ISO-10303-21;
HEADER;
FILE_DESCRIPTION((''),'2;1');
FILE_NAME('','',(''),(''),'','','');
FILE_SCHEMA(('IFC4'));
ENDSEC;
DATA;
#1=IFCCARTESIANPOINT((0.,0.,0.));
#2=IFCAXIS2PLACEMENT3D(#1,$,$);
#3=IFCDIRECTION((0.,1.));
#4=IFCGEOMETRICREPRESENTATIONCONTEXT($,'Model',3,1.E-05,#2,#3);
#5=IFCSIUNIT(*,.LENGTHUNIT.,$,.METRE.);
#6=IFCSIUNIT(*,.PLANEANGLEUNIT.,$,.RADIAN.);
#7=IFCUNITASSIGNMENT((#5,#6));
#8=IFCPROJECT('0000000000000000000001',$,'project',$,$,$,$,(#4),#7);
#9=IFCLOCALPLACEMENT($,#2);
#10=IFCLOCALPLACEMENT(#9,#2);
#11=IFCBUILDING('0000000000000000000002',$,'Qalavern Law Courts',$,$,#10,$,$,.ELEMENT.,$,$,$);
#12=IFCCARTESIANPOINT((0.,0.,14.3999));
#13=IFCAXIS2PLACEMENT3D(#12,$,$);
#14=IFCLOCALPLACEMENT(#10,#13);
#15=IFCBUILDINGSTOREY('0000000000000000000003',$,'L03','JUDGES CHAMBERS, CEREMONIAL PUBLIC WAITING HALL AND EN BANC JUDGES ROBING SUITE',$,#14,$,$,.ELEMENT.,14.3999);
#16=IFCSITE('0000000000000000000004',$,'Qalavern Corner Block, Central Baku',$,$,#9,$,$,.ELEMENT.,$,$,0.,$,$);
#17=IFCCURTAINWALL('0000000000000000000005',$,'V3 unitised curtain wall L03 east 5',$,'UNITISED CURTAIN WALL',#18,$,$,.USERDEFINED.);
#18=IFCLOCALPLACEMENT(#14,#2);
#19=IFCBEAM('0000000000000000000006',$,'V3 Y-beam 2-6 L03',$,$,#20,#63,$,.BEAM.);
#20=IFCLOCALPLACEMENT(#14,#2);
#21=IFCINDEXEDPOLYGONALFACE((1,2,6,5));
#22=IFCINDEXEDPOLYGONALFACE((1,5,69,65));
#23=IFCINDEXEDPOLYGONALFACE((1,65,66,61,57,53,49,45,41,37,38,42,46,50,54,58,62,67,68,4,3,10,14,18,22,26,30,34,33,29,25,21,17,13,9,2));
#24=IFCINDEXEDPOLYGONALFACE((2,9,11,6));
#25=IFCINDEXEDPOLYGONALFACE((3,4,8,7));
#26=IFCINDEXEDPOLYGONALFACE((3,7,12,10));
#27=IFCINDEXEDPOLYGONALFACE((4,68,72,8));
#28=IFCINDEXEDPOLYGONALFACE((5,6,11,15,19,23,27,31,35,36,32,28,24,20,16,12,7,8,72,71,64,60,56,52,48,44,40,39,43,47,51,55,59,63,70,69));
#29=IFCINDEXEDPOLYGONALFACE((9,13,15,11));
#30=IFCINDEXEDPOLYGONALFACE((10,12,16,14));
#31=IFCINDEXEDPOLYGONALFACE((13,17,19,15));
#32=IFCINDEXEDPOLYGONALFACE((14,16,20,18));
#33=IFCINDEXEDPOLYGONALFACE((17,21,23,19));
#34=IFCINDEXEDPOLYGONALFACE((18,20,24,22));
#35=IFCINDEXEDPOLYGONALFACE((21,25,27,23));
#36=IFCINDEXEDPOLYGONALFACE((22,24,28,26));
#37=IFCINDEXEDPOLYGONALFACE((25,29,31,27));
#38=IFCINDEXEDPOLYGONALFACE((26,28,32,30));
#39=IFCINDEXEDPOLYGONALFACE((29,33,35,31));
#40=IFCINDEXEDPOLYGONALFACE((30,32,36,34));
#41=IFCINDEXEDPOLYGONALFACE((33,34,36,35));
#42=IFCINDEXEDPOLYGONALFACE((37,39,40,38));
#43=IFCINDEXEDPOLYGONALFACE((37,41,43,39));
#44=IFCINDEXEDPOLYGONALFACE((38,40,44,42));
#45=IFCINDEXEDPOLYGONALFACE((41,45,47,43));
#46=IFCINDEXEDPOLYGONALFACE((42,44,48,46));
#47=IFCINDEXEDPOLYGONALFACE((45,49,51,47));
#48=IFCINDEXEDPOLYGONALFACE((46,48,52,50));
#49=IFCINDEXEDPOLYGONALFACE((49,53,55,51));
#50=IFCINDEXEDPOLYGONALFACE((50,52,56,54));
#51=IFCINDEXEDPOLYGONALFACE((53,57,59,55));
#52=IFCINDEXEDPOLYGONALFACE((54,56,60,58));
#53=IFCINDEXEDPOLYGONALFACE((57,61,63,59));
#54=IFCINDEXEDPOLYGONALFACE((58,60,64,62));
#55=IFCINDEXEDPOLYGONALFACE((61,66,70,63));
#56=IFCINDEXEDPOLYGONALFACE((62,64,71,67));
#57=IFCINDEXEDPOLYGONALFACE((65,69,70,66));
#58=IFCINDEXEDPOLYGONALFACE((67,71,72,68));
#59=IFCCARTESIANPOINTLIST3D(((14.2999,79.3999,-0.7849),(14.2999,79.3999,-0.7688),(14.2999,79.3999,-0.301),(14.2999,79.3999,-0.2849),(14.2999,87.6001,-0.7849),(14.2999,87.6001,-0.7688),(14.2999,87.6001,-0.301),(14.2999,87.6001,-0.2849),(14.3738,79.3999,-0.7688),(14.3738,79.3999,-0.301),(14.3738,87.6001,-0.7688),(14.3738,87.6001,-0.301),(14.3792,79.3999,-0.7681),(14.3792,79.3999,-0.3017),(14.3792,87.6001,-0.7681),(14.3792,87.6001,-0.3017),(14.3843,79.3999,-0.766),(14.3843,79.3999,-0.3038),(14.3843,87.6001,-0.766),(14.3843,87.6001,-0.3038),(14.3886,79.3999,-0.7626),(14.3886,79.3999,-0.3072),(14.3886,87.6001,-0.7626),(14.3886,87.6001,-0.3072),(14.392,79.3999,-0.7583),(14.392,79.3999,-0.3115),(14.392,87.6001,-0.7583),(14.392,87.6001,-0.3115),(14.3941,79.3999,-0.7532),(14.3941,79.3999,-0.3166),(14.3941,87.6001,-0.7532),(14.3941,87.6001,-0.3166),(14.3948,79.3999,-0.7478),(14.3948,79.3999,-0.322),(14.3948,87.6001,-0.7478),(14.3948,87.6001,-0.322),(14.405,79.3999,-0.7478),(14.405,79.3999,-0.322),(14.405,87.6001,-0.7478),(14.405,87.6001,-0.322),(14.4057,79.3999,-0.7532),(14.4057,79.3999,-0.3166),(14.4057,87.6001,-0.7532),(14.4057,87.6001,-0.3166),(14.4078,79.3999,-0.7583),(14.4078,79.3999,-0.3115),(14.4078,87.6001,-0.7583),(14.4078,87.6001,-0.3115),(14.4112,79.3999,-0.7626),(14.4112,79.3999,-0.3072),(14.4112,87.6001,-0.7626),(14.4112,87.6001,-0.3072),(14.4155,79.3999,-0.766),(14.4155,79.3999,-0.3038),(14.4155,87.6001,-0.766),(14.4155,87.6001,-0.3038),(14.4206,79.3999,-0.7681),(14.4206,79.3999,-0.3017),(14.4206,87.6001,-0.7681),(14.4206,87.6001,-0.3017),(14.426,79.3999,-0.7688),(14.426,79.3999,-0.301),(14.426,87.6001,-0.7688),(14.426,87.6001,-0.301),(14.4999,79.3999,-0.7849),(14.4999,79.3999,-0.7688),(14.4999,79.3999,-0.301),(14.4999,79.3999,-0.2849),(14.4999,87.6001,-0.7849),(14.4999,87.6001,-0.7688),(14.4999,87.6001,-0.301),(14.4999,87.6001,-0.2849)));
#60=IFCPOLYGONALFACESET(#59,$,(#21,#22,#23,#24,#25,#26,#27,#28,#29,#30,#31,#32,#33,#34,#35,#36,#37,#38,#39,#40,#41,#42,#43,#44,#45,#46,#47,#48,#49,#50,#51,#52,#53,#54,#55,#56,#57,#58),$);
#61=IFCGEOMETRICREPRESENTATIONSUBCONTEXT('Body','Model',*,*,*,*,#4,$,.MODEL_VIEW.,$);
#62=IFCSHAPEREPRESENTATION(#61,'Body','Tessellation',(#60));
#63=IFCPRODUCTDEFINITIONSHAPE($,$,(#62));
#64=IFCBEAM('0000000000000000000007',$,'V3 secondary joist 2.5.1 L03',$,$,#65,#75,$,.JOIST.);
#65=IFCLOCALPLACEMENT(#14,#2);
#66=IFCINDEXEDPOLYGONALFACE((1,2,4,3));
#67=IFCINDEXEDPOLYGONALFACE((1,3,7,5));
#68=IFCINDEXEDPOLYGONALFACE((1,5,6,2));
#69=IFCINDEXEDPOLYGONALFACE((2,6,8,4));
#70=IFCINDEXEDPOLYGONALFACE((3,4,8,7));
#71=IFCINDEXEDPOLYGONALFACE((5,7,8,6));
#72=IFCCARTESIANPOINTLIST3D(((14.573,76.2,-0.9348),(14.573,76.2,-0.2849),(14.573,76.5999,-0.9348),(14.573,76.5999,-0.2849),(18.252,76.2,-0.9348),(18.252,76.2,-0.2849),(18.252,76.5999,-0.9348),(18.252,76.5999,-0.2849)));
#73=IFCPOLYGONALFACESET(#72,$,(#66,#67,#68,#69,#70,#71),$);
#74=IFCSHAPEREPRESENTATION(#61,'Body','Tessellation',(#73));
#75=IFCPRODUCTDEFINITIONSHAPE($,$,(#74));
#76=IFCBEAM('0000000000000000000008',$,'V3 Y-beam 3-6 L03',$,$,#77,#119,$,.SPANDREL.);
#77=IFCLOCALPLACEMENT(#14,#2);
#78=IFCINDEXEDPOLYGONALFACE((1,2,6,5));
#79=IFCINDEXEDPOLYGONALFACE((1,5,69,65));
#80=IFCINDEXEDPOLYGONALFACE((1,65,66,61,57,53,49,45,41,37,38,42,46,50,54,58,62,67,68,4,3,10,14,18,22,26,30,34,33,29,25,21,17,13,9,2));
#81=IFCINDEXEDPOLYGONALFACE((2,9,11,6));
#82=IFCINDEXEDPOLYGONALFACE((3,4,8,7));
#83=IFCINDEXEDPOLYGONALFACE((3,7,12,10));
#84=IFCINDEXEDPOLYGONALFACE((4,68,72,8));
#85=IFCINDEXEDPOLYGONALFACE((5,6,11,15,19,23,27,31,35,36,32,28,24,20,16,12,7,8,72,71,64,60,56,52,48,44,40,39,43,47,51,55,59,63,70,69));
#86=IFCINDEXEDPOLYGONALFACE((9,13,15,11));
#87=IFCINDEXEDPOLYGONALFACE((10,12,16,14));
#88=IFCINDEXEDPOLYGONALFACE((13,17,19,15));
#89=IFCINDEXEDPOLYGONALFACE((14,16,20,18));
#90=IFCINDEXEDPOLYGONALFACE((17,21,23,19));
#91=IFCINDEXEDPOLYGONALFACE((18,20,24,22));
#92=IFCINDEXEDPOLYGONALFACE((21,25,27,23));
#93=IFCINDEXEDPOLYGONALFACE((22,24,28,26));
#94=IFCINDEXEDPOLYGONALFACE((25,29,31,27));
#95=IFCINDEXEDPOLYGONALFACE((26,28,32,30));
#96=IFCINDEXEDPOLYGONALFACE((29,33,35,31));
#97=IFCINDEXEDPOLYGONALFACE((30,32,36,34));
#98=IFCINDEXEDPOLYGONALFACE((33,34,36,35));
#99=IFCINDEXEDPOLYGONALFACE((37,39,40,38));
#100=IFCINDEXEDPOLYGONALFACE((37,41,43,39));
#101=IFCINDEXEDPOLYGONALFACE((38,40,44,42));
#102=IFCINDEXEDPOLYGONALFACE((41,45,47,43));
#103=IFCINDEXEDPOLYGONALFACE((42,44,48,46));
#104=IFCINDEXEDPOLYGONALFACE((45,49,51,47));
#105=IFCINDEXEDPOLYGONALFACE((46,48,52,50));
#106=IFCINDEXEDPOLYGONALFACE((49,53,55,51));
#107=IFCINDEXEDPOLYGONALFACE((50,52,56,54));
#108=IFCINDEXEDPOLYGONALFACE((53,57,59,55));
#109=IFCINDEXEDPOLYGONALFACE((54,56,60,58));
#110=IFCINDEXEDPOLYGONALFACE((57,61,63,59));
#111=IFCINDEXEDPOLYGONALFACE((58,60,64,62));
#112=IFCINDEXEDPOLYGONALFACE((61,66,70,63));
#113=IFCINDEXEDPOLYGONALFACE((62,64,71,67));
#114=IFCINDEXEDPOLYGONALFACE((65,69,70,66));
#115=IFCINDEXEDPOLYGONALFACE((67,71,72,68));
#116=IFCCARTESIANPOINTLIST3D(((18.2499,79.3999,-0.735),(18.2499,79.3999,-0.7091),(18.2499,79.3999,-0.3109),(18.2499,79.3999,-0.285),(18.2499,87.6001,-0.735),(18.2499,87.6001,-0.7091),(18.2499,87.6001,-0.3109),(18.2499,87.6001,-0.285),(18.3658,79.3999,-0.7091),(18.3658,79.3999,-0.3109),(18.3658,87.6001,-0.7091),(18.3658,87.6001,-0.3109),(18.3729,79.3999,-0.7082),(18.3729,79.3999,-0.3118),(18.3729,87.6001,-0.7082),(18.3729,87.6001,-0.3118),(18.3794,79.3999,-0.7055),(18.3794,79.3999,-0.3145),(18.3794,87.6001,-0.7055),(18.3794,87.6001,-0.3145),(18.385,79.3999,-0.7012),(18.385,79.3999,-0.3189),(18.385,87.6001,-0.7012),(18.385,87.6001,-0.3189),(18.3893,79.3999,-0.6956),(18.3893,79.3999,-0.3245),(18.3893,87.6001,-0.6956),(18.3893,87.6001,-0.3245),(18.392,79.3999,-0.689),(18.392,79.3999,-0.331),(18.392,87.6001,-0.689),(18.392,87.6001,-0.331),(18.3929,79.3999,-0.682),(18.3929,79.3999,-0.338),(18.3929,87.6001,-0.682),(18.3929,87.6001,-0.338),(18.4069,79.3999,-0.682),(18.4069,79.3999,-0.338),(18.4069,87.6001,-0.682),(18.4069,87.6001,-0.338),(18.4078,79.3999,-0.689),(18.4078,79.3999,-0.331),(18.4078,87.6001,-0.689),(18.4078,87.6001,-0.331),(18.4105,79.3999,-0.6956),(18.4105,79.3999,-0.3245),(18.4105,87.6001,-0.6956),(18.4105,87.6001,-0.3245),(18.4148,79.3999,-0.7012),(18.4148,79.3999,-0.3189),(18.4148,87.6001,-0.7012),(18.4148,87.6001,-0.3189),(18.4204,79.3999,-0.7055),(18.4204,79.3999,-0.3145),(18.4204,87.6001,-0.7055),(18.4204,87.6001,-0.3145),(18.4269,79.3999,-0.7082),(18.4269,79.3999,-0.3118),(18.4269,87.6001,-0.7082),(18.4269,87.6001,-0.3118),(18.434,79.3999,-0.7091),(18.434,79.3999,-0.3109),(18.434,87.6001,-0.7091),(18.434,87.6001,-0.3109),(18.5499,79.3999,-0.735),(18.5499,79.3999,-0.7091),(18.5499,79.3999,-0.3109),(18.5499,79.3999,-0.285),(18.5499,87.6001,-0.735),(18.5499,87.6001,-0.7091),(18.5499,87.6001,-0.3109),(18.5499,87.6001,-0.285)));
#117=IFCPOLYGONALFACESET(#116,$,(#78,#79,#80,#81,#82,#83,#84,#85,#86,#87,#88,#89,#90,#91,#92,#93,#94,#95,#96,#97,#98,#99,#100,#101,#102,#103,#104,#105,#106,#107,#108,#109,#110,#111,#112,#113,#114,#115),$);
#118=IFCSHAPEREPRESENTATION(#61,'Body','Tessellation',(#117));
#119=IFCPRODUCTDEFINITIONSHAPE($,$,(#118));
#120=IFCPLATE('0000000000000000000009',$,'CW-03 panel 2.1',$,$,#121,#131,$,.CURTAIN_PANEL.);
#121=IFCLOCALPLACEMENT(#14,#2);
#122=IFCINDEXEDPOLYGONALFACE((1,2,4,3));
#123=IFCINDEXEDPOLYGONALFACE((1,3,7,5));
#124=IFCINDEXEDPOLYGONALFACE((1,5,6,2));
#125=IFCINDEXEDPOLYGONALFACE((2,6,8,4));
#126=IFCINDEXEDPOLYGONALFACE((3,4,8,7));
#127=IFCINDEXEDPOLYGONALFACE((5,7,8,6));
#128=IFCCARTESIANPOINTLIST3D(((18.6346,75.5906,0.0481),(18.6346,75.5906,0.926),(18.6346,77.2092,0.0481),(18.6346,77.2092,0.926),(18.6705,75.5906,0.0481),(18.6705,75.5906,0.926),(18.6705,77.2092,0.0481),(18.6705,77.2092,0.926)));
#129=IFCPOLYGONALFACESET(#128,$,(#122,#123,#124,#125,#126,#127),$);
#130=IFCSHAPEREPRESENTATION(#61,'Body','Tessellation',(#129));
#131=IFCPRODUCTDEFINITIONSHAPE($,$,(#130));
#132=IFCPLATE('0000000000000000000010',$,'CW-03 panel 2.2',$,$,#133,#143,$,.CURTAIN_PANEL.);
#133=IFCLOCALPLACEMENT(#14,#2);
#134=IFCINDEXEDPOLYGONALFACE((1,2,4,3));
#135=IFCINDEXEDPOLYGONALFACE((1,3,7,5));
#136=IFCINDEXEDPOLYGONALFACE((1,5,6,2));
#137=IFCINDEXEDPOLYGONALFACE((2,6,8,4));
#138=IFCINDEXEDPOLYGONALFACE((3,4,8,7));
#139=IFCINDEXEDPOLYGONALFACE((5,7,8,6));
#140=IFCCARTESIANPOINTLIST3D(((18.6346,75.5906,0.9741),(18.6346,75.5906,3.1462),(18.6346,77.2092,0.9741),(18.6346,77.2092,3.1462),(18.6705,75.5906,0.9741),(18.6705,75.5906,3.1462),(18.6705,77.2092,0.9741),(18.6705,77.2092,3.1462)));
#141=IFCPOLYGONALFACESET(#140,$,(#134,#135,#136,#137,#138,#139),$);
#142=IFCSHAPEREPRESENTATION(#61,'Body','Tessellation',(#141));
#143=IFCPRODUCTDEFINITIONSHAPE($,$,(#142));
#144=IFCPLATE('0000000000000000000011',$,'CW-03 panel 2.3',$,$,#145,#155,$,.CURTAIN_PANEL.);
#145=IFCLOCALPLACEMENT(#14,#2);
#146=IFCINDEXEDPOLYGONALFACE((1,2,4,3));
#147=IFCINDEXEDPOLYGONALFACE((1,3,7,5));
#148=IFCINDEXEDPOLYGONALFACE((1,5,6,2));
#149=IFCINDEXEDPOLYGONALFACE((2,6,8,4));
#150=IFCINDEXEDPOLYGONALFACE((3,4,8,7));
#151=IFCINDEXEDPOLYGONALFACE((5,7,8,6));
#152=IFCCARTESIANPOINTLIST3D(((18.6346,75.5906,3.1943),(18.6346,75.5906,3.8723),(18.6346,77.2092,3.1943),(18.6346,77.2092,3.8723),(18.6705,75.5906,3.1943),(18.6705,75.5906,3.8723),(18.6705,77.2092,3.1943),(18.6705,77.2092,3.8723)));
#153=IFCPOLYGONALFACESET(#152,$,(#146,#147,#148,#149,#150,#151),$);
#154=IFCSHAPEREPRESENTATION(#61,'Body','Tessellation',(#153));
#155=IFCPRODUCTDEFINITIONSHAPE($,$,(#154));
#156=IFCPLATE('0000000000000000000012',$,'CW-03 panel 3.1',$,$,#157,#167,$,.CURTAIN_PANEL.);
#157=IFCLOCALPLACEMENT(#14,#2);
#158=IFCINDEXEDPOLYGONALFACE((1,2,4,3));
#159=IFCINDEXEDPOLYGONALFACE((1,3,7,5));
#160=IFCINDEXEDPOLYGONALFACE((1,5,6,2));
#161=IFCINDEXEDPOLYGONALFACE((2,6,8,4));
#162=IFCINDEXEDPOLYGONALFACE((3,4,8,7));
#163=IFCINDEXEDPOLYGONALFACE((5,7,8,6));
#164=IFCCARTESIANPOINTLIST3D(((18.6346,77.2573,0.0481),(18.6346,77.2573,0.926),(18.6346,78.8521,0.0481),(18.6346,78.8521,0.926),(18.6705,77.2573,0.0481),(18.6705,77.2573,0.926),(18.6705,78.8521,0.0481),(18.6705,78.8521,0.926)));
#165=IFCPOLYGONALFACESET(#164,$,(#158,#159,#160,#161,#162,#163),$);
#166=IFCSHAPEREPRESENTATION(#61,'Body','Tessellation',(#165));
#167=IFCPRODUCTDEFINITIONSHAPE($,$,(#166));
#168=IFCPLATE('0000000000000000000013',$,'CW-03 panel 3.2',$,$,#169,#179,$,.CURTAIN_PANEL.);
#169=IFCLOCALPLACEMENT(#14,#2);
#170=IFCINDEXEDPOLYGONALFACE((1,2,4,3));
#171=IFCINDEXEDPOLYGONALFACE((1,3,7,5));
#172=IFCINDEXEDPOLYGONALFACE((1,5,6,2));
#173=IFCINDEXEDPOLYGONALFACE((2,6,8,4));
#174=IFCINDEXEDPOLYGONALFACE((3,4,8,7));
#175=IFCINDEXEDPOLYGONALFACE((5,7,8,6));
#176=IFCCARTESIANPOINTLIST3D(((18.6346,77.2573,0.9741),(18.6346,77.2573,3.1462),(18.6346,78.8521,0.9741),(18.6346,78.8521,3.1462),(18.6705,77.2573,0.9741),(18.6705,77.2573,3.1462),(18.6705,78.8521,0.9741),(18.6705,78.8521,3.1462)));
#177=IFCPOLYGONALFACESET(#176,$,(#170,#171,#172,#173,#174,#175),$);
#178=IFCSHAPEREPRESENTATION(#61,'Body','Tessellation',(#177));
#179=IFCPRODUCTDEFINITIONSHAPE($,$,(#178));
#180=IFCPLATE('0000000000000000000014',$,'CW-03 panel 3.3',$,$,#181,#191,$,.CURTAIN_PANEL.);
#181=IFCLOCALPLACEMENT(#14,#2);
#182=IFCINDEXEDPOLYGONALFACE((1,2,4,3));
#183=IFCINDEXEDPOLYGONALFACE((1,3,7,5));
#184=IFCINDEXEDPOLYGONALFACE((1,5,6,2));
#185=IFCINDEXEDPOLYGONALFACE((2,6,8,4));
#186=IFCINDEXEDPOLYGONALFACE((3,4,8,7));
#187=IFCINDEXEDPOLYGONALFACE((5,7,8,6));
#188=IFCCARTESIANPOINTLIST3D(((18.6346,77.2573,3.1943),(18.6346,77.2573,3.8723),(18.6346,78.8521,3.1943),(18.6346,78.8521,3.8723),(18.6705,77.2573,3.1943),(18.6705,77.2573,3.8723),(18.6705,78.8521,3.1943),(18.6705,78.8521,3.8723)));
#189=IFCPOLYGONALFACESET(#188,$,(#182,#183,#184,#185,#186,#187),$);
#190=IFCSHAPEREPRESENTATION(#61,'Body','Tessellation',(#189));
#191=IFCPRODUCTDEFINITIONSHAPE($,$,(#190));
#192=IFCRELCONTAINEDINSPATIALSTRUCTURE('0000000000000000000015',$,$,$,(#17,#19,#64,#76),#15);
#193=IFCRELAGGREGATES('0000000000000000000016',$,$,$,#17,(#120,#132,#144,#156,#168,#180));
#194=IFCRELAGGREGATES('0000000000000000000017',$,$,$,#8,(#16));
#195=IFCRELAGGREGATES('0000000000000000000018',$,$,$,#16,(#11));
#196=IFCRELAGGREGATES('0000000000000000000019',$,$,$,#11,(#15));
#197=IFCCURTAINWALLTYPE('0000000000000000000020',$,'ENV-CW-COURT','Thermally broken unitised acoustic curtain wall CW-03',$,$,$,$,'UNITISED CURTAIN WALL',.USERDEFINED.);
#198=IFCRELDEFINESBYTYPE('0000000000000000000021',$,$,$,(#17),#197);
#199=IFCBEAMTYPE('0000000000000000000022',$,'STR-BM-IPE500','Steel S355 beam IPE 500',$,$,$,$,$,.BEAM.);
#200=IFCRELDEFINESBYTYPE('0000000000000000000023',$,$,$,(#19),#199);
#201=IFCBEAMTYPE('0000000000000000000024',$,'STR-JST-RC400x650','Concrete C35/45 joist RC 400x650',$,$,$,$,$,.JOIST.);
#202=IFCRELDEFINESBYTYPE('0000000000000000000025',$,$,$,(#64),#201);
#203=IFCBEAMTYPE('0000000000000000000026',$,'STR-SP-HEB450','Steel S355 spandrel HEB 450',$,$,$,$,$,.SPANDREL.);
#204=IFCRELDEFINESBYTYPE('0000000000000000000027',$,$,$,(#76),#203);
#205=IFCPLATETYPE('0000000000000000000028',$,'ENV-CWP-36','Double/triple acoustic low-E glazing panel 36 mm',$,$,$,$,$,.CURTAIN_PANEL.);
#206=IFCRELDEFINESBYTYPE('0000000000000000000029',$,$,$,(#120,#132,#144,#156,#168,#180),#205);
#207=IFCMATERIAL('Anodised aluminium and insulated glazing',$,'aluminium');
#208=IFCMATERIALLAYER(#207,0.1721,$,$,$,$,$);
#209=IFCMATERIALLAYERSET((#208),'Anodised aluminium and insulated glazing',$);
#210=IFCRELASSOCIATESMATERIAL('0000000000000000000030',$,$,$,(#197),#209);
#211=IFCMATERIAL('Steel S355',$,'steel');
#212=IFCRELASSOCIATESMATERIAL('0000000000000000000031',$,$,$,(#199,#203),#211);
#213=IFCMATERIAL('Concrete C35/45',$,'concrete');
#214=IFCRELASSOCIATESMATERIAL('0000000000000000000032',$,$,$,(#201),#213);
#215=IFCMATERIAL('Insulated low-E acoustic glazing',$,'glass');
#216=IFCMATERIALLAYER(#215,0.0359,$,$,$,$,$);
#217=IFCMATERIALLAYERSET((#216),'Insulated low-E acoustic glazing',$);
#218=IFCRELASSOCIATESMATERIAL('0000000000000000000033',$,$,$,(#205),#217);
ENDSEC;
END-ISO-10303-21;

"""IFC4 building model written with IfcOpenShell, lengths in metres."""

from ifc_helpers import new_model, si_unit, direction, frame, origin, origin_2d, place, context, subcontext, project, spatial, rectangle, i_section, extrude, material, layer, layer_set, material_profile, profile_set, type_object, element, aggregate, save


model = new_model("IFC4")

# Units and contexts
model_context = context("Model", 3, precision=1e-05, world=origin(), true_north=direction((0.0, 1.0)))
body_context = subcontext(model_context, "Body", "Model", "MODEL_VIEW")
ifc_project = project(units=[si_unit("LENGTHUNIT", "METRE"), si_unit("PLANEANGLEUNIT", "RADIAN")], contexts=[model_context])

# Site, building, storey
site_placement = place(None, origin())
site = spatial("IfcSite", under=ifc_project, at=site_placement, Name="Qalavern Corner Block, Central Baku", CompositionType="ELEMENT", RefElevation=0.0)
building_placement = place(site_placement, origin())
building = spatial("IfcBuilding", under=site, at=building_placement, Name="Qalavern Law Courts", CompositionType="ELEMENT")
storey_placement = place(building_placement, frame((0.0, 0.0, 14.3999)))
storey = spatial("IfcBuildingStorey", under=building, at=storey_placement, Name="L03", Description="JUDGES CHAMBERS, CEREMONIAL PUBLIC WAITING HALL AND EN BANC JUDGES ROBING SUITE", CompositionType="ELEMENT", Elevation=14.3999)

# Curtain wall
ifc_material_1 = material(Name="Anodised aluminium and insulated glazing", Category="aluminium")
ifc_layer_1 = layer(ifc_material_1, 0.1721)
ifc_layer_set_1 = layer_set([ifc_layer_1], Name="Anodised aluminium and insulated glazing")
curtain_wall_type = type_object("IfcCurtainWallType", Name="ENV-CW-COURT", Description="Thermally broken unitised acoustic curtain wall CW-03", ElementType="UNITISED CURTAIN WALL", PredefinedType="USERDEFINED", material=ifc_layer_set_1)
curtain_wall_1_placement = place(storey_placement, origin())
curtain_wall_1 = element("IfcCurtainWall", 1, at=curtain_wall_1_placement, inside=storey, type_object=curtain_wall_type, Name="V3 unitised curtain wall L03 east 5", ObjectType="UNITISED CURTAIN WALL", PredefinedType="USERDEFINED")

# Beams
ifc_material_2 = material(Name="Steel S355", Category="steel")
ifc_material_profile_1 = material_profile(ifc_material_2, i_section(OverallWidth=0.2, OverallDepth=0.5, WebThickness=0.0103, FlangeThickness=0.0161, FilletRadius=0.021, at=origin_2d()), Name="IPE 500")
ifc_profile_set_1 = profile_set([ifc_material_profile_1], Name="Steel S355")
beam_type_1 = type_object("IfcBeamType", Name="STR-BM-IPE500", Description="Steel S355 beam IPE 500", PredefinedType="BEAM", material=ifc_profile_set_1)
beam_1_placement = place(storey_placement, frame((14.3999, 79.3999, -0.5349), z_axis=(0.0, 1.0, 0.0), x_axis=(-1.0, 0.0, 0.0)))
element("IfcBeam", 2, at=beam_1_placement, inside=storey, type_object=beam_type_1, Name="V3 Y-beam 2-6 L03", PredefinedType="BEAM", context=body_context, shape_type="SweptSolid", body=[
    extrude(i_section(OverallWidth=0.2, OverallDepth=0.5, WebThickness=0.0103, FlangeThickness=0.0161, FilletRadius=0.021, at=origin_2d()), origin(), (0.0, 0.0, 1.0), 8.2002),
])
ifc_material_3 = material(Name="Concrete C35/45", Category="concrete")
ifc_material_profile_2 = material_profile(ifc_material_3, rectangle(XDim=0.3999, YDim=0.6499, at=origin_2d()), Name="RC 400x650")
ifc_profile_set_2 = profile_set([ifc_material_profile_2], Name="Concrete C35/45")
beam_type_2 = type_object("IfcBeamType", Name="STR-JST-RC400x650", Description="Concrete C35/45 joist RC 400x650", PredefinedType="JOIST", material=ifc_profile_set_2)
beam_2_placement = place(storey_placement, frame((14.573, 76.3999, -0.6099), z_axis=(1.0, 0.0, 0.0), x_axis=(0.0, 1.0, 0.0)))
element("IfcBeam", 3, at=beam_2_placement, inside=storey, type_object=beam_type_2, Name="V3 secondary joist 2.5.1 L03", PredefinedType="JOIST", context=body_context, shape_type="SweptSolid", body=[
    extrude(rectangle(XDim=0.3999, YDim=0.6499, at=origin_2d()), origin(), (0.0, 0.0, 1.0), 3.679),
])
ifc_material_profile_3 = material_profile(ifc_material_2, i_section(OverallWidth=0.3, OverallDepth=0.45, WebThickness=0.0139, FlangeThickness=0.0259, FilletRadius=0.0271, at=origin_2d()), Name="HEB 450")
ifc_profile_set_3 = profile_set([ifc_material_profile_3], Name="Steel S355")
beam_type_3 = type_object("IfcBeamType", Name="STR-SP-HEB450", Description="Steel S355 spandrel HEB 450", PredefinedType="SPANDREL", material=ifc_profile_set_3)
beam_3_placement = place(storey_placement, frame((18.3999, 79.3999, -0.51), z_axis=(0.0, 1.0, 0.0), x_axis=(-1.0, 0.0, 0.0)))
element("IfcBeam", 4, at=beam_3_placement, inside=storey, type_object=beam_type_3, Name="V3 Y-beam 3-6 L03", PredefinedType="SPANDREL", context=body_context, shape_type="SweptSolid", body=[
    extrude(i_section(OverallWidth=0.3, OverallDepth=0.45, WebThickness=0.0139, FlangeThickness=0.0259, FilletRadius=0.0271, at=origin_2d()), origin(), (0.0, 0.0, 1.0), 8.2002),
])

# Plates
ifc_material_4 = material(Name="Insulated low-E acoustic glazing", Category="glass")
ifc_layer_2 = layer(ifc_material_4, 0.0359)
ifc_layer_set_2 = layer_set([ifc_layer_2], Name="Insulated low-E acoustic glazing")
plate_type_1 = type_object("IfcPlateType", Name="ENV-CWP-36", Description="Double/triple acoustic low-E glazing panel 36 mm", PredefinedType="CURTAIN_PANEL", material=ifc_layer_set_2)
plate_1_placement = place(storey_placement, frame((18.6526, 76.3999, 0.0481), z_axis=(0.0, 0.0, 1.0), x_axis=(0.0, 1.0, 0.0)))
plate_1 = element("IfcPlate", 5, at=plate_1_placement, type_object=plate_type_1, Name="CW-03 panel 2.1", PredefinedType="CURTAIN_PANEL", context=body_context, shape_type="SweptSolid", body=[
    extrude(rectangle(XDim=1.6187, YDim=0.0359, at=origin_2d()), origin(), (0.0, 0.0, 1.0), 0.8779),
])
plate_2_placement = place(storey_placement, frame((18.6526, 76.3999, 0.9741), z_axis=(0.0, 0.0, 1.0), x_axis=(0.0, 1.0, 0.0)))
plate_2 = element("IfcPlate", 6, at=plate_2_placement, type_object=plate_type_1, Name="CW-03 panel 2.2", PredefinedType="CURTAIN_PANEL", context=body_context, shape_type="SweptSolid", body=[
    extrude(rectangle(XDim=1.6187, YDim=0.0359, at=origin_2d()), origin(), (0.0, 0.0, 1.0), 2.1721),
])
plate_3_placement = place(storey_placement, frame((18.6526, 76.3999, 3.1943), z_axis=(0.0, 0.0, 1.0), x_axis=(0.0, 1.0, 0.0)))
plate_3 = element("IfcPlate", 7, at=plate_3_placement, type_object=plate_type_1, Name="CW-03 panel 2.3", PredefinedType="CURTAIN_PANEL", context=body_context, shape_type="SweptSolid", body=[
    extrude(rectangle(XDim=1.6187, YDim=0.0359, at=origin_2d()), origin(), (0.0, 0.0, 1.0), 0.678),
])
plate_4_placement = place(storey_placement, frame((18.6526, 78.0547, 0.0481), z_axis=(0.0, 0.0, 1.0), x_axis=(0.0, 1.0, 0.0)))
plate_4 = element("IfcPlate", 8, at=plate_4_placement, type_object=plate_type_1, Name="CW-03 panel 3.1", PredefinedType="CURTAIN_PANEL", context=body_context, shape_type="SweptSolid", body=[
    extrude(rectangle(XDim=1.5947, YDim=0.0359, at=origin_2d()), origin(), (0.0, 0.0, 1.0), 0.8779),
])
plate_5_placement = place(storey_placement, frame((18.6526, 78.0547, 0.9741), z_axis=(0.0, 0.0, 1.0), x_axis=(0.0, 1.0, 0.0)))
plate_5 = element("IfcPlate", 9, at=plate_5_placement, type_object=plate_type_1, Name="CW-03 panel 3.2", PredefinedType="CURTAIN_PANEL", context=body_context, shape_type="SweptSolid", body=[
    extrude(rectangle(XDim=1.5947, YDim=0.0359, at=origin_2d()), origin(), (0.0, 0.0, 1.0), 2.1721),
])
plate_6_placement = place(storey_placement, frame((18.6526, 78.0547, 3.1943), z_axis=(0.0, 0.0, 1.0), x_axis=(0.0, 1.0, 0.0)))
plate_6 = element("IfcPlate", 10, at=plate_6_placement, type_object=plate_type_1, Name="CW-03 panel 3.3", PredefinedType="CURTAIN_PANEL", context=body_context, shape_type="SweptSolid", body=[
    extrude(rectangle(XDim=1.5947, YDim=0.0359, at=origin_2d()), origin(), (0.0, 0.0, 1.0), 0.678),
])
aggregate(curtain_wall_1, [plate_1, plate_2, plate_3, plate_4, plate_5, plate_6])

save(model, "model.ifc")
